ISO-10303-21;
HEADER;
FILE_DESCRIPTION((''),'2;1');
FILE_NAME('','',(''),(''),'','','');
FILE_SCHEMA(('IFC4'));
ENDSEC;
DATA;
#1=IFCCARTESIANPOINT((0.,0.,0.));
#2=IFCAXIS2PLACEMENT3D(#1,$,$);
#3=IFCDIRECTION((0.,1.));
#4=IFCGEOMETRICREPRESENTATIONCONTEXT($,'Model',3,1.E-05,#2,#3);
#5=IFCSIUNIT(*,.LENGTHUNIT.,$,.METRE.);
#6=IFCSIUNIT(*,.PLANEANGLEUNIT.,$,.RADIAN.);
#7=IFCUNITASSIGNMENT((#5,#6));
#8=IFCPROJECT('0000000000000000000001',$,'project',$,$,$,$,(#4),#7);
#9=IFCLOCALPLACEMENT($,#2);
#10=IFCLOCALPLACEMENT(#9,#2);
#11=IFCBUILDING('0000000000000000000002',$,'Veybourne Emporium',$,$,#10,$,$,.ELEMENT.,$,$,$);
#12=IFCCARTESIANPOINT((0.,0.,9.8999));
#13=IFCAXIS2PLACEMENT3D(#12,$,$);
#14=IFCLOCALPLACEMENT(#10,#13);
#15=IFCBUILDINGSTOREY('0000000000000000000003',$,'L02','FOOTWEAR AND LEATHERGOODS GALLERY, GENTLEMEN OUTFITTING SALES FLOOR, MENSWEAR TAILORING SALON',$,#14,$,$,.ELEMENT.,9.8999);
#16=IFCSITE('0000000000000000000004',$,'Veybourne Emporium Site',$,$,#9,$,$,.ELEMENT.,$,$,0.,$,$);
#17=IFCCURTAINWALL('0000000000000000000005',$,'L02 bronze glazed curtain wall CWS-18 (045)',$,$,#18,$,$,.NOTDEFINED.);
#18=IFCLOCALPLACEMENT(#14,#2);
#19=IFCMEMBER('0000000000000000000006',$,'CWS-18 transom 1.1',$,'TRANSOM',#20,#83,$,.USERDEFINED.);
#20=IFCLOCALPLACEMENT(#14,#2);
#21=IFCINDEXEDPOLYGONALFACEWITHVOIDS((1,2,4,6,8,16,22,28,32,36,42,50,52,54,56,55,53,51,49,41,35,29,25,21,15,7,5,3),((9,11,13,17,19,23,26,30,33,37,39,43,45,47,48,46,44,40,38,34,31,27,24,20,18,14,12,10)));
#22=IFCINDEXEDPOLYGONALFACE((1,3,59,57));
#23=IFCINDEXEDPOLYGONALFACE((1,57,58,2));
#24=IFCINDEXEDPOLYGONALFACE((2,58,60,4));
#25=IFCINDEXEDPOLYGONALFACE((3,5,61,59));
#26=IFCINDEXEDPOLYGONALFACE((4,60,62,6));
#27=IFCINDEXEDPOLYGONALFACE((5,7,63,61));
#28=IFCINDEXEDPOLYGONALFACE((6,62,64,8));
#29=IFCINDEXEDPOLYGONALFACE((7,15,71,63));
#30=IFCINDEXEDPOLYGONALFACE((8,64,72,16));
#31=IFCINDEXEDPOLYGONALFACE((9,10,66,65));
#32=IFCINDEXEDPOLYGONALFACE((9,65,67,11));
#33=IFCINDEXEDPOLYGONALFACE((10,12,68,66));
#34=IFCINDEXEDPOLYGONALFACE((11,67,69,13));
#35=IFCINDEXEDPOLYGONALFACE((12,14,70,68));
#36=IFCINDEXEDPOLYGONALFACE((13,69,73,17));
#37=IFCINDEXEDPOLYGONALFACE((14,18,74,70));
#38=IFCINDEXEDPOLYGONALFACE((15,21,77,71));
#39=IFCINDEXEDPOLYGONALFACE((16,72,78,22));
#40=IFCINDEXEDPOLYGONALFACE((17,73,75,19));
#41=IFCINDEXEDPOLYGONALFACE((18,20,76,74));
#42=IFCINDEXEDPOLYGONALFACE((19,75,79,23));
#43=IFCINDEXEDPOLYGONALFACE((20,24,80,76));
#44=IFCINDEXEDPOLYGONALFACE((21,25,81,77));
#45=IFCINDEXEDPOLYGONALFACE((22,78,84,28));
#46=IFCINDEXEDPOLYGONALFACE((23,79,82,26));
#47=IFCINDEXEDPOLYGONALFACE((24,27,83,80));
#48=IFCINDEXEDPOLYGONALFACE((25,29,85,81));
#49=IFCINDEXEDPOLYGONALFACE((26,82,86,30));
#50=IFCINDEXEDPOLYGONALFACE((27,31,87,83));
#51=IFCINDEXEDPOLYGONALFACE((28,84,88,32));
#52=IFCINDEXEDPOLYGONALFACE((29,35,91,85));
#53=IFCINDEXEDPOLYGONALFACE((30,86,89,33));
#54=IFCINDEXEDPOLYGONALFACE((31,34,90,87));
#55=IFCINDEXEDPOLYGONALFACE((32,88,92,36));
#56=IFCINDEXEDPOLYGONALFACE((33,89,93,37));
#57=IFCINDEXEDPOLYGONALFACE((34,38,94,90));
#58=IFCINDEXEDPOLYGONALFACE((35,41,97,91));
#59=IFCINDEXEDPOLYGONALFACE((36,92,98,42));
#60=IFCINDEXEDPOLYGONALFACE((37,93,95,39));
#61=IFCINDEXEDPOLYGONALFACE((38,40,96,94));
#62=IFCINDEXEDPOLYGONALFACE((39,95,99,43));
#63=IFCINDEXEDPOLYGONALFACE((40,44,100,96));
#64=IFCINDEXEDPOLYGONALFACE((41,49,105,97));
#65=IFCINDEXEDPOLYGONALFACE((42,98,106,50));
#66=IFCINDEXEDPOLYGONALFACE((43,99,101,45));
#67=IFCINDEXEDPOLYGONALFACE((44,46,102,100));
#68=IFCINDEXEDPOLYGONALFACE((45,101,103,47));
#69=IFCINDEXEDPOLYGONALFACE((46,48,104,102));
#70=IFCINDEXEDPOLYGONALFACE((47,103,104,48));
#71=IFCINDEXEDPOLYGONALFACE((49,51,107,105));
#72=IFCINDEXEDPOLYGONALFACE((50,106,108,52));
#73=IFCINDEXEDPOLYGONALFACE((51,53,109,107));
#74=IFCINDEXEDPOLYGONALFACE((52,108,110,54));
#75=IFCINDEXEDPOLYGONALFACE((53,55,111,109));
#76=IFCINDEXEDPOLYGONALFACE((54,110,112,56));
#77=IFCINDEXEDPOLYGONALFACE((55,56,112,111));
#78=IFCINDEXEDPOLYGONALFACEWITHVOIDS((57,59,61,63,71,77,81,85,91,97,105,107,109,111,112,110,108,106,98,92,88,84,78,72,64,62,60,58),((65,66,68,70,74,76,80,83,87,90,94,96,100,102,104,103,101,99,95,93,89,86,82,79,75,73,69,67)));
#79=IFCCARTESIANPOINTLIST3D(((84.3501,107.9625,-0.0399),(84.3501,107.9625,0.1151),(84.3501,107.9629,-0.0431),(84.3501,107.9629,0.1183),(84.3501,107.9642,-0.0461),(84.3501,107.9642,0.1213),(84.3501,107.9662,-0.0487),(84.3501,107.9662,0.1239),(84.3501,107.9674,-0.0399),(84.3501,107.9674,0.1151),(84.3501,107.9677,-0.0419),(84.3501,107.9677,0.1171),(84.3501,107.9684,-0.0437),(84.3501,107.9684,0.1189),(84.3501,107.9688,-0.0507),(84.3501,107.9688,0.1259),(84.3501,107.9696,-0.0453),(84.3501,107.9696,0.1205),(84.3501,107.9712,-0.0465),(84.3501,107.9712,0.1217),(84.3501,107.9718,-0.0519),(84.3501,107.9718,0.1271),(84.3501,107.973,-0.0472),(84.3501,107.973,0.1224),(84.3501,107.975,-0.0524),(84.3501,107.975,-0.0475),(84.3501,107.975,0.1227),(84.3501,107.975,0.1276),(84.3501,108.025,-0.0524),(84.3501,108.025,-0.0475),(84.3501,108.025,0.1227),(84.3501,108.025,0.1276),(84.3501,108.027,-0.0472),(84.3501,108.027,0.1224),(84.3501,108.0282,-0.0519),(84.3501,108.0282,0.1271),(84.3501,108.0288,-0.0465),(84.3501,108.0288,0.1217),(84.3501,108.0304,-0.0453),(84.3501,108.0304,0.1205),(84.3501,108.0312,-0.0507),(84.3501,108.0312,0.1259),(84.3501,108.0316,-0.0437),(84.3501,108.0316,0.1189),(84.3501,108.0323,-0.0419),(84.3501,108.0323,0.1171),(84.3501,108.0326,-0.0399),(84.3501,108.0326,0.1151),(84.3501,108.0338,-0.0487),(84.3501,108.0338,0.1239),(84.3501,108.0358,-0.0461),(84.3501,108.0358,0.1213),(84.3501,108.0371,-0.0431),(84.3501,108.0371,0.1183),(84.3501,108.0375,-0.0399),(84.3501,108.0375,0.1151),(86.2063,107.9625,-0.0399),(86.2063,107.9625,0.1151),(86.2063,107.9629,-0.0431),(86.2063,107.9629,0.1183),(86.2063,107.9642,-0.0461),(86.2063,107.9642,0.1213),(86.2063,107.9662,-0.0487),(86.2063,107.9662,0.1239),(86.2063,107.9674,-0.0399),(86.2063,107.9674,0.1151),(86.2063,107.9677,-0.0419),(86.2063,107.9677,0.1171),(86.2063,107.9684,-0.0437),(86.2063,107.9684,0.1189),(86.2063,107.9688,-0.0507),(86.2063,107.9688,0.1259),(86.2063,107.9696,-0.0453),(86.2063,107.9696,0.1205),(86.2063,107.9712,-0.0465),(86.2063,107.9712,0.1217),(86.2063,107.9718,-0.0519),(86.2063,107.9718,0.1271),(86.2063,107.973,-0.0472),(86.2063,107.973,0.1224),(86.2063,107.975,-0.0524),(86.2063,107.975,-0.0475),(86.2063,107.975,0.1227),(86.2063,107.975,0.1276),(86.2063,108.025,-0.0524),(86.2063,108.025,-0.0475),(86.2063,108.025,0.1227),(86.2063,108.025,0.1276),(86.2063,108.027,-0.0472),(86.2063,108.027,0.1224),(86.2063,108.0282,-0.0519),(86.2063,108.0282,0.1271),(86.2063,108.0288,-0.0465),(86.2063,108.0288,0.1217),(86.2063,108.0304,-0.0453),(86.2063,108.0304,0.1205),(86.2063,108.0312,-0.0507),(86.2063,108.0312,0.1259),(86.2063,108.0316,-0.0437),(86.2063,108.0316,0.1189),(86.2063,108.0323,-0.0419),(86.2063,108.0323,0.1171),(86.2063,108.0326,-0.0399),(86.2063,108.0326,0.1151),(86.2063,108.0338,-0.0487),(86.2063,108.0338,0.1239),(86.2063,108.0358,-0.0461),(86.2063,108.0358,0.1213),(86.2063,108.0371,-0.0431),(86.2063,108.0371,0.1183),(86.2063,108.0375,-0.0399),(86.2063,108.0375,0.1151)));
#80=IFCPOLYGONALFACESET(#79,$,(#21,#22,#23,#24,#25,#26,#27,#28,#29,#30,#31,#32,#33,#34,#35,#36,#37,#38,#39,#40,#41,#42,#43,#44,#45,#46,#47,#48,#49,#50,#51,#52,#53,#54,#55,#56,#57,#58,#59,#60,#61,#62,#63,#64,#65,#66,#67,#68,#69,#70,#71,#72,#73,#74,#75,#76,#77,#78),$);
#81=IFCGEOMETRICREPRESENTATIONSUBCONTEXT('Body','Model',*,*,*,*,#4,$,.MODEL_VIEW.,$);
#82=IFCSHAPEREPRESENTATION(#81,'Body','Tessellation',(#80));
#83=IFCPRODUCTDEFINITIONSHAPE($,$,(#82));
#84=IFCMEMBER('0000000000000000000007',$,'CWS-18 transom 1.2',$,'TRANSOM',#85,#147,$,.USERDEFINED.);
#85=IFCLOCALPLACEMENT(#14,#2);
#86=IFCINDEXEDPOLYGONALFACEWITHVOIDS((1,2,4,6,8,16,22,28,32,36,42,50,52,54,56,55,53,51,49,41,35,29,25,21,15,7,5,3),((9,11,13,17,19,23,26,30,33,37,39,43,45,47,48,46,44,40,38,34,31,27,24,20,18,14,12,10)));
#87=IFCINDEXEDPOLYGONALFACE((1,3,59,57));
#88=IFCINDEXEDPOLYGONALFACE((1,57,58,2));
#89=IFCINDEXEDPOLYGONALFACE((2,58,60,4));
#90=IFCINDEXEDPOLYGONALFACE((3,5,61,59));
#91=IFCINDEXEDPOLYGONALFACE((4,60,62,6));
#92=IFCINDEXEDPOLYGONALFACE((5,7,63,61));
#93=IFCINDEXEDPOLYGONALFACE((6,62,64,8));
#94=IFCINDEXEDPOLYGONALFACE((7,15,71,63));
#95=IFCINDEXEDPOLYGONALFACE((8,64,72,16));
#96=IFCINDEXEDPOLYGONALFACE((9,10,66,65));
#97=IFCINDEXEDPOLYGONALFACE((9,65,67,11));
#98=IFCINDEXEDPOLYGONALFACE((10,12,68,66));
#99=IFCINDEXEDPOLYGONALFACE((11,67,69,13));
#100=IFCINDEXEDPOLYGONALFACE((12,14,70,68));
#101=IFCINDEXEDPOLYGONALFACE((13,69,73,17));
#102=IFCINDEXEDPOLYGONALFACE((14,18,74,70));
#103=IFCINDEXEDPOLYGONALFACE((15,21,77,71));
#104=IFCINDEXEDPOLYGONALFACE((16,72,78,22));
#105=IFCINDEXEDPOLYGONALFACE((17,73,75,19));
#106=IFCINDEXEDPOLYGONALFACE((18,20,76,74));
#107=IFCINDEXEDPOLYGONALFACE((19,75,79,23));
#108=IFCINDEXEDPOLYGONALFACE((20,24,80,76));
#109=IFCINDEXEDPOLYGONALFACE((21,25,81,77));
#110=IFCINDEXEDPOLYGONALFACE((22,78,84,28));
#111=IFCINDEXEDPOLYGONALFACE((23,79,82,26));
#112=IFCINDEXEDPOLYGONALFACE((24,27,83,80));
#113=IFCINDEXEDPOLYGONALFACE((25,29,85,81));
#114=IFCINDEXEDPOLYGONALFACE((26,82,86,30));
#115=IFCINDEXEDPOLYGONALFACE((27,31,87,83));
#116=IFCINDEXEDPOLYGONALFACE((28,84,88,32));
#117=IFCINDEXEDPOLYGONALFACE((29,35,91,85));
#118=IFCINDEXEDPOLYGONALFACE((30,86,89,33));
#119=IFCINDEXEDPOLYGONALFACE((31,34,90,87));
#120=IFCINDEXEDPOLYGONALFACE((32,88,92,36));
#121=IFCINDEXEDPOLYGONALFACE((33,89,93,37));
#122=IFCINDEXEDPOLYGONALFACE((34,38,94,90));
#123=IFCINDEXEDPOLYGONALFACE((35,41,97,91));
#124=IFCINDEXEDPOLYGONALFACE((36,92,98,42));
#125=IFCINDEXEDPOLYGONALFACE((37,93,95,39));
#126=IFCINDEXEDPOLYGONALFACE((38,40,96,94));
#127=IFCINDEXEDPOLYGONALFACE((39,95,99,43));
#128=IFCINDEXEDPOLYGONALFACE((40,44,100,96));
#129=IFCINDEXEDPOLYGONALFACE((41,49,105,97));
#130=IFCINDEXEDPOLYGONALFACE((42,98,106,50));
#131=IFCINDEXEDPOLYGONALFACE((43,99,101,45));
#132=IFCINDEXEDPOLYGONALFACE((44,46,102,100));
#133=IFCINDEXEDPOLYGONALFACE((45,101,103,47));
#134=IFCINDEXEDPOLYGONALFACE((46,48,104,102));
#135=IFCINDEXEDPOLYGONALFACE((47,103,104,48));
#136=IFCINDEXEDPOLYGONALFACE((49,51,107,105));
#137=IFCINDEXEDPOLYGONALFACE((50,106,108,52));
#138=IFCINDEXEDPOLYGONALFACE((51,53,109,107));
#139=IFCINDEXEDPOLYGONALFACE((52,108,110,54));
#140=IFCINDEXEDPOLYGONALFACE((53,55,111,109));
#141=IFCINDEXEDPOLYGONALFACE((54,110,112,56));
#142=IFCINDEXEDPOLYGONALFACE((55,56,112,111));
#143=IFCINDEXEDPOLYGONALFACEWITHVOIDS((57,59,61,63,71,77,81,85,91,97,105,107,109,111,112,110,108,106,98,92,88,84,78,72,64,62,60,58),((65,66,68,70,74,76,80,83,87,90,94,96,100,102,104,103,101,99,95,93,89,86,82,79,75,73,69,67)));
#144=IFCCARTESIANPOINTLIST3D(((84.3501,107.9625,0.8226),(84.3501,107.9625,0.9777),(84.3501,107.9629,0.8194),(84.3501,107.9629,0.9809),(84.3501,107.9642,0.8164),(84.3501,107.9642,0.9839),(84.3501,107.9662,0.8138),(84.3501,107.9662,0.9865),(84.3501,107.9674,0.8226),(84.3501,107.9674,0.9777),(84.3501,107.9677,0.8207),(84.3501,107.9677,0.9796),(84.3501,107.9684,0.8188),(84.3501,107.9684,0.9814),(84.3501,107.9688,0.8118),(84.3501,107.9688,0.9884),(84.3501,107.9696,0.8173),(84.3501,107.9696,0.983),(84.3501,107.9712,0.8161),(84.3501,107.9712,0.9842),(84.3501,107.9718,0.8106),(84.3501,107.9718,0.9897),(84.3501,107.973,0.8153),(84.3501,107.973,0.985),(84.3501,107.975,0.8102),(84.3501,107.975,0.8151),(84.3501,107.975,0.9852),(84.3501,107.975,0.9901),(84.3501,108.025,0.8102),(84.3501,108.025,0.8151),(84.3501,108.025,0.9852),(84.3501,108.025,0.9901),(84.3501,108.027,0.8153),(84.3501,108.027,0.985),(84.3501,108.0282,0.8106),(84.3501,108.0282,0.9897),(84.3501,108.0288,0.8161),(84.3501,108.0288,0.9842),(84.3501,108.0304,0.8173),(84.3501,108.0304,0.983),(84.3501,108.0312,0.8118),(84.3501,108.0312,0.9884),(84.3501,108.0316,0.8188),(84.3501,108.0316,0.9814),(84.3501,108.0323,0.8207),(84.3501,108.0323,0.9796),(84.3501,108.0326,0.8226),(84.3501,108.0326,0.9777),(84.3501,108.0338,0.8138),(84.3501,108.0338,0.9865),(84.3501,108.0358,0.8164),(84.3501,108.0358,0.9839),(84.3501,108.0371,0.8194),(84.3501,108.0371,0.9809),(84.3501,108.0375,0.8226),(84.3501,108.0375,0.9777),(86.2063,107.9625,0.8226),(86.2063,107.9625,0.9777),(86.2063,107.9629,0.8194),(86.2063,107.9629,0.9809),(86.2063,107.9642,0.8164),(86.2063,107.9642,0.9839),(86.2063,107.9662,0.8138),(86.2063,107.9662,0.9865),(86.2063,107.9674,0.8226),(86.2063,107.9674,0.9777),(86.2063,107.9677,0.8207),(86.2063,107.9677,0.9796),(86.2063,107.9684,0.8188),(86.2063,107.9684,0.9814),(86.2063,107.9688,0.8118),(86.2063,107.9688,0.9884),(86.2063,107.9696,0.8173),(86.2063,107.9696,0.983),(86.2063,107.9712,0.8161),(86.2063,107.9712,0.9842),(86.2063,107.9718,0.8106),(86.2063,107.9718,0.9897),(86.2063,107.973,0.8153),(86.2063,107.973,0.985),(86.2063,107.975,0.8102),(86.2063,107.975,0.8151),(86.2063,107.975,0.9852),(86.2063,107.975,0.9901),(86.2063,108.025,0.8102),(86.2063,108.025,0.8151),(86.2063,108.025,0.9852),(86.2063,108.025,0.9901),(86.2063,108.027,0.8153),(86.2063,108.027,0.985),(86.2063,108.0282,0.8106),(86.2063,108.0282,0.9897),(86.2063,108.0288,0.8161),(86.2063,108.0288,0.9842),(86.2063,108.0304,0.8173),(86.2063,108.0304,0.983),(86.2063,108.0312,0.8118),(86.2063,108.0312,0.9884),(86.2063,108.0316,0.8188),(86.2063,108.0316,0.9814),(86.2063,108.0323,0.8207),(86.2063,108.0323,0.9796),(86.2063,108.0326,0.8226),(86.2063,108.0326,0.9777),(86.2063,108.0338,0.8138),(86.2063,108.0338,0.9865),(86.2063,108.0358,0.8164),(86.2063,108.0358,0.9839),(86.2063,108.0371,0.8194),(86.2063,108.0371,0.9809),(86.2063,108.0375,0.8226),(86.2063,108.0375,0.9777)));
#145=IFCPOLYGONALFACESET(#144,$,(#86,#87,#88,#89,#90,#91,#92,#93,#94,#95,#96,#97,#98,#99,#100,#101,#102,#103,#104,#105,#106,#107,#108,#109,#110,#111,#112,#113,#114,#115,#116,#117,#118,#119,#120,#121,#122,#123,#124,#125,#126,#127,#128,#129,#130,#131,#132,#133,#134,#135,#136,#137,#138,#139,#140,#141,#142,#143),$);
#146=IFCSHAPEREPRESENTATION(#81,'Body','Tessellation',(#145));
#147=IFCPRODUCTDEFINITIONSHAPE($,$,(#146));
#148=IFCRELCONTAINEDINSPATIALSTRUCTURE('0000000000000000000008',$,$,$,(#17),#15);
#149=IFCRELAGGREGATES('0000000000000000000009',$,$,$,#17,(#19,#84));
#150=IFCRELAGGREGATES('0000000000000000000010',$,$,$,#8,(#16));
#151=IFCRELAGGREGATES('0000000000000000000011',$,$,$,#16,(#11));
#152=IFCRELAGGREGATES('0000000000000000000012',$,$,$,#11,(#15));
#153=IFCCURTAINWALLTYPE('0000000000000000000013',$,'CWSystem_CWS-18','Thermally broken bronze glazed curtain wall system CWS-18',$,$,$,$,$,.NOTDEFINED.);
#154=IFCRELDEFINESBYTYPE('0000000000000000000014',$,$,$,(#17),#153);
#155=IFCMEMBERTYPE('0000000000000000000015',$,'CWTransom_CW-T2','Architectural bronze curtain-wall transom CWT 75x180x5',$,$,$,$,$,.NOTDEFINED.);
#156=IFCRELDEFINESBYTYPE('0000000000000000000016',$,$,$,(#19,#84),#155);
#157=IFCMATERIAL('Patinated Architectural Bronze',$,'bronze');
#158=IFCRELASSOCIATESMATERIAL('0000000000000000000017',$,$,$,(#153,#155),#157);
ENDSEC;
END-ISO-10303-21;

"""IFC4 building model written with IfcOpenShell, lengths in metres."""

from ifc_helpers import new_model, si_unit, direction, frame, origin, origin_2d, place, context, subcontext, project, spatial, hollow_rectangle, extrude, material, material_profile, profile_set, type_object, element, aggregate, save


model = new_model("IFC4")

# Units and contexts
model_context = context("Model", 3, precision=1e-05, world=origin(), true_north=direction((0.0, 1.0)))
body_context = subcontext(model_context, "Body", "Model", "MODEL_VIEW")
ifc_project = project(units=[si_unit("LENGTHUNIT", "METRE"), si_unit("PLANEANGLEUNIT", "RADIAN")], contexts=[model_context])

# Site, building, storey
site_placement = place(None, origin())
site = spatial("IfcSite", under=ifc_project, at=site_placement, Name="Veybourne Emporium Site", CompositionType="ELEMENT", RefElevation=0.0)
building_placement = place(site_placement, origin())
building = spatial("IfcBuilding", under=site, at=building_placement, Name="Veybourne Emporium", CompositionType="ELEMENT")
storey_placement = place(building_placement, frame((0.0, 0.0, 9.8999)))
storey = spatial("IfcBuildingStorey", under=building, at=storey_placement, Name="L02", Description="FOOTWEAR AND LEATHERGOODS GALLERY, GENTLEMEN OUTFITTING SALES FLOOR, MENSWEAR TAILORING SALON", CompositionType="ELEMENT", Elevation=9.8999)

# Curtain wall, members
ifc_material_1 = material(Name="Patinated Architectural Bronze", Category="bronze")
curtain_wall_type = type_object("IfcCurtainWallType", Name="CWSystem_CWS-18", Description="Thermally broken bronze glazed curtain wall system CWS-18", PredefinedType="NOTDEFINED", material=ifc_material_1)
curtain_wall_placement = place(storey_placement, origin())
curtain_wall = element("IfcCurtainWall", 1, at=curtain_wall_placement, inside=storey, type_object=curtain_wall_type, Name="L02 bronze glazed curtain wall CWS-18 (045)", PredefinedType="NOTDEFINED")
ifc_material_profile_1 = material_profile(ifc_material_1, hollow_rectangle(XDim=0.075, YDim=0.1799, WallThickness=0.0049, InnerFilletRadius=0.0076, OuterFilletRadius=0.0125, at=origin_2d()), Name="CWT 75x180x5")
ifc_profile_set_1 = profile_set([ifc_material_profile_1], Name="Patinated Architectural Bronze")
member_type_1 = type_object("IfcMemberType", Name="CWTransom_CW-T2", Description="Architectural bronze curtain-wall transom CWT 75x180x5", PredefinedType="NOTDEFINED", material=ifc_profile_set_1)
member_1_placement = place(storey_placement, frame((84.3501, 108.0, 0.0376), z_axis=(1.0, 0.0, 0.0), x_axis=(0.0, 1.0, 0.0)))
member_1 = element("IfcMember", 2, at=member_1_placement, type_object=member_type_1, Name="CWS-18 transom 1.1", ObjectType="TRANSOM", PredefinedType="USERDEFINED", context=body_context, shape_type="SweptSolid", body=[
    extrude(hollow_rectangle(XDim=0.075, YDim=0.1799, WallThickness=0.0049, InnerFilletRadius=0.0076, OuterFilletRadius=0.0125, at=origin_2d()), origin(), (0.0, 0.0, 1.0), 1.8562),
])
member_2_placement = place(storey_placement, frame((84.3501, 108.0, 0.9001), z_axis=(1.0, 0.0, 0.0), x_axis=(0.0, 1.0, 0.0)))
member_2 = element("IfcMember", 3, at=member_2_placement, type_object=member_type_1, Name="CWS-18 transom 1.2", ObjectType="TRANSOM", PredefinedType="USERDEFINED", context=body_context, shape_type="SweptSolid", body=[
    extrude(hollow_rectangle(XDim=0.075, YDim=0.1799, WallThickness=0.0049, InnerFilletRadius=0.0076, OuterFilletRadius=0.0125, at=origin_2d()), origin(), (0.0, 0.0, 1.0), 1.8562),
])

aggregate(curtain_wall, [member_1, member_2])

save(model, "model.ifc")
